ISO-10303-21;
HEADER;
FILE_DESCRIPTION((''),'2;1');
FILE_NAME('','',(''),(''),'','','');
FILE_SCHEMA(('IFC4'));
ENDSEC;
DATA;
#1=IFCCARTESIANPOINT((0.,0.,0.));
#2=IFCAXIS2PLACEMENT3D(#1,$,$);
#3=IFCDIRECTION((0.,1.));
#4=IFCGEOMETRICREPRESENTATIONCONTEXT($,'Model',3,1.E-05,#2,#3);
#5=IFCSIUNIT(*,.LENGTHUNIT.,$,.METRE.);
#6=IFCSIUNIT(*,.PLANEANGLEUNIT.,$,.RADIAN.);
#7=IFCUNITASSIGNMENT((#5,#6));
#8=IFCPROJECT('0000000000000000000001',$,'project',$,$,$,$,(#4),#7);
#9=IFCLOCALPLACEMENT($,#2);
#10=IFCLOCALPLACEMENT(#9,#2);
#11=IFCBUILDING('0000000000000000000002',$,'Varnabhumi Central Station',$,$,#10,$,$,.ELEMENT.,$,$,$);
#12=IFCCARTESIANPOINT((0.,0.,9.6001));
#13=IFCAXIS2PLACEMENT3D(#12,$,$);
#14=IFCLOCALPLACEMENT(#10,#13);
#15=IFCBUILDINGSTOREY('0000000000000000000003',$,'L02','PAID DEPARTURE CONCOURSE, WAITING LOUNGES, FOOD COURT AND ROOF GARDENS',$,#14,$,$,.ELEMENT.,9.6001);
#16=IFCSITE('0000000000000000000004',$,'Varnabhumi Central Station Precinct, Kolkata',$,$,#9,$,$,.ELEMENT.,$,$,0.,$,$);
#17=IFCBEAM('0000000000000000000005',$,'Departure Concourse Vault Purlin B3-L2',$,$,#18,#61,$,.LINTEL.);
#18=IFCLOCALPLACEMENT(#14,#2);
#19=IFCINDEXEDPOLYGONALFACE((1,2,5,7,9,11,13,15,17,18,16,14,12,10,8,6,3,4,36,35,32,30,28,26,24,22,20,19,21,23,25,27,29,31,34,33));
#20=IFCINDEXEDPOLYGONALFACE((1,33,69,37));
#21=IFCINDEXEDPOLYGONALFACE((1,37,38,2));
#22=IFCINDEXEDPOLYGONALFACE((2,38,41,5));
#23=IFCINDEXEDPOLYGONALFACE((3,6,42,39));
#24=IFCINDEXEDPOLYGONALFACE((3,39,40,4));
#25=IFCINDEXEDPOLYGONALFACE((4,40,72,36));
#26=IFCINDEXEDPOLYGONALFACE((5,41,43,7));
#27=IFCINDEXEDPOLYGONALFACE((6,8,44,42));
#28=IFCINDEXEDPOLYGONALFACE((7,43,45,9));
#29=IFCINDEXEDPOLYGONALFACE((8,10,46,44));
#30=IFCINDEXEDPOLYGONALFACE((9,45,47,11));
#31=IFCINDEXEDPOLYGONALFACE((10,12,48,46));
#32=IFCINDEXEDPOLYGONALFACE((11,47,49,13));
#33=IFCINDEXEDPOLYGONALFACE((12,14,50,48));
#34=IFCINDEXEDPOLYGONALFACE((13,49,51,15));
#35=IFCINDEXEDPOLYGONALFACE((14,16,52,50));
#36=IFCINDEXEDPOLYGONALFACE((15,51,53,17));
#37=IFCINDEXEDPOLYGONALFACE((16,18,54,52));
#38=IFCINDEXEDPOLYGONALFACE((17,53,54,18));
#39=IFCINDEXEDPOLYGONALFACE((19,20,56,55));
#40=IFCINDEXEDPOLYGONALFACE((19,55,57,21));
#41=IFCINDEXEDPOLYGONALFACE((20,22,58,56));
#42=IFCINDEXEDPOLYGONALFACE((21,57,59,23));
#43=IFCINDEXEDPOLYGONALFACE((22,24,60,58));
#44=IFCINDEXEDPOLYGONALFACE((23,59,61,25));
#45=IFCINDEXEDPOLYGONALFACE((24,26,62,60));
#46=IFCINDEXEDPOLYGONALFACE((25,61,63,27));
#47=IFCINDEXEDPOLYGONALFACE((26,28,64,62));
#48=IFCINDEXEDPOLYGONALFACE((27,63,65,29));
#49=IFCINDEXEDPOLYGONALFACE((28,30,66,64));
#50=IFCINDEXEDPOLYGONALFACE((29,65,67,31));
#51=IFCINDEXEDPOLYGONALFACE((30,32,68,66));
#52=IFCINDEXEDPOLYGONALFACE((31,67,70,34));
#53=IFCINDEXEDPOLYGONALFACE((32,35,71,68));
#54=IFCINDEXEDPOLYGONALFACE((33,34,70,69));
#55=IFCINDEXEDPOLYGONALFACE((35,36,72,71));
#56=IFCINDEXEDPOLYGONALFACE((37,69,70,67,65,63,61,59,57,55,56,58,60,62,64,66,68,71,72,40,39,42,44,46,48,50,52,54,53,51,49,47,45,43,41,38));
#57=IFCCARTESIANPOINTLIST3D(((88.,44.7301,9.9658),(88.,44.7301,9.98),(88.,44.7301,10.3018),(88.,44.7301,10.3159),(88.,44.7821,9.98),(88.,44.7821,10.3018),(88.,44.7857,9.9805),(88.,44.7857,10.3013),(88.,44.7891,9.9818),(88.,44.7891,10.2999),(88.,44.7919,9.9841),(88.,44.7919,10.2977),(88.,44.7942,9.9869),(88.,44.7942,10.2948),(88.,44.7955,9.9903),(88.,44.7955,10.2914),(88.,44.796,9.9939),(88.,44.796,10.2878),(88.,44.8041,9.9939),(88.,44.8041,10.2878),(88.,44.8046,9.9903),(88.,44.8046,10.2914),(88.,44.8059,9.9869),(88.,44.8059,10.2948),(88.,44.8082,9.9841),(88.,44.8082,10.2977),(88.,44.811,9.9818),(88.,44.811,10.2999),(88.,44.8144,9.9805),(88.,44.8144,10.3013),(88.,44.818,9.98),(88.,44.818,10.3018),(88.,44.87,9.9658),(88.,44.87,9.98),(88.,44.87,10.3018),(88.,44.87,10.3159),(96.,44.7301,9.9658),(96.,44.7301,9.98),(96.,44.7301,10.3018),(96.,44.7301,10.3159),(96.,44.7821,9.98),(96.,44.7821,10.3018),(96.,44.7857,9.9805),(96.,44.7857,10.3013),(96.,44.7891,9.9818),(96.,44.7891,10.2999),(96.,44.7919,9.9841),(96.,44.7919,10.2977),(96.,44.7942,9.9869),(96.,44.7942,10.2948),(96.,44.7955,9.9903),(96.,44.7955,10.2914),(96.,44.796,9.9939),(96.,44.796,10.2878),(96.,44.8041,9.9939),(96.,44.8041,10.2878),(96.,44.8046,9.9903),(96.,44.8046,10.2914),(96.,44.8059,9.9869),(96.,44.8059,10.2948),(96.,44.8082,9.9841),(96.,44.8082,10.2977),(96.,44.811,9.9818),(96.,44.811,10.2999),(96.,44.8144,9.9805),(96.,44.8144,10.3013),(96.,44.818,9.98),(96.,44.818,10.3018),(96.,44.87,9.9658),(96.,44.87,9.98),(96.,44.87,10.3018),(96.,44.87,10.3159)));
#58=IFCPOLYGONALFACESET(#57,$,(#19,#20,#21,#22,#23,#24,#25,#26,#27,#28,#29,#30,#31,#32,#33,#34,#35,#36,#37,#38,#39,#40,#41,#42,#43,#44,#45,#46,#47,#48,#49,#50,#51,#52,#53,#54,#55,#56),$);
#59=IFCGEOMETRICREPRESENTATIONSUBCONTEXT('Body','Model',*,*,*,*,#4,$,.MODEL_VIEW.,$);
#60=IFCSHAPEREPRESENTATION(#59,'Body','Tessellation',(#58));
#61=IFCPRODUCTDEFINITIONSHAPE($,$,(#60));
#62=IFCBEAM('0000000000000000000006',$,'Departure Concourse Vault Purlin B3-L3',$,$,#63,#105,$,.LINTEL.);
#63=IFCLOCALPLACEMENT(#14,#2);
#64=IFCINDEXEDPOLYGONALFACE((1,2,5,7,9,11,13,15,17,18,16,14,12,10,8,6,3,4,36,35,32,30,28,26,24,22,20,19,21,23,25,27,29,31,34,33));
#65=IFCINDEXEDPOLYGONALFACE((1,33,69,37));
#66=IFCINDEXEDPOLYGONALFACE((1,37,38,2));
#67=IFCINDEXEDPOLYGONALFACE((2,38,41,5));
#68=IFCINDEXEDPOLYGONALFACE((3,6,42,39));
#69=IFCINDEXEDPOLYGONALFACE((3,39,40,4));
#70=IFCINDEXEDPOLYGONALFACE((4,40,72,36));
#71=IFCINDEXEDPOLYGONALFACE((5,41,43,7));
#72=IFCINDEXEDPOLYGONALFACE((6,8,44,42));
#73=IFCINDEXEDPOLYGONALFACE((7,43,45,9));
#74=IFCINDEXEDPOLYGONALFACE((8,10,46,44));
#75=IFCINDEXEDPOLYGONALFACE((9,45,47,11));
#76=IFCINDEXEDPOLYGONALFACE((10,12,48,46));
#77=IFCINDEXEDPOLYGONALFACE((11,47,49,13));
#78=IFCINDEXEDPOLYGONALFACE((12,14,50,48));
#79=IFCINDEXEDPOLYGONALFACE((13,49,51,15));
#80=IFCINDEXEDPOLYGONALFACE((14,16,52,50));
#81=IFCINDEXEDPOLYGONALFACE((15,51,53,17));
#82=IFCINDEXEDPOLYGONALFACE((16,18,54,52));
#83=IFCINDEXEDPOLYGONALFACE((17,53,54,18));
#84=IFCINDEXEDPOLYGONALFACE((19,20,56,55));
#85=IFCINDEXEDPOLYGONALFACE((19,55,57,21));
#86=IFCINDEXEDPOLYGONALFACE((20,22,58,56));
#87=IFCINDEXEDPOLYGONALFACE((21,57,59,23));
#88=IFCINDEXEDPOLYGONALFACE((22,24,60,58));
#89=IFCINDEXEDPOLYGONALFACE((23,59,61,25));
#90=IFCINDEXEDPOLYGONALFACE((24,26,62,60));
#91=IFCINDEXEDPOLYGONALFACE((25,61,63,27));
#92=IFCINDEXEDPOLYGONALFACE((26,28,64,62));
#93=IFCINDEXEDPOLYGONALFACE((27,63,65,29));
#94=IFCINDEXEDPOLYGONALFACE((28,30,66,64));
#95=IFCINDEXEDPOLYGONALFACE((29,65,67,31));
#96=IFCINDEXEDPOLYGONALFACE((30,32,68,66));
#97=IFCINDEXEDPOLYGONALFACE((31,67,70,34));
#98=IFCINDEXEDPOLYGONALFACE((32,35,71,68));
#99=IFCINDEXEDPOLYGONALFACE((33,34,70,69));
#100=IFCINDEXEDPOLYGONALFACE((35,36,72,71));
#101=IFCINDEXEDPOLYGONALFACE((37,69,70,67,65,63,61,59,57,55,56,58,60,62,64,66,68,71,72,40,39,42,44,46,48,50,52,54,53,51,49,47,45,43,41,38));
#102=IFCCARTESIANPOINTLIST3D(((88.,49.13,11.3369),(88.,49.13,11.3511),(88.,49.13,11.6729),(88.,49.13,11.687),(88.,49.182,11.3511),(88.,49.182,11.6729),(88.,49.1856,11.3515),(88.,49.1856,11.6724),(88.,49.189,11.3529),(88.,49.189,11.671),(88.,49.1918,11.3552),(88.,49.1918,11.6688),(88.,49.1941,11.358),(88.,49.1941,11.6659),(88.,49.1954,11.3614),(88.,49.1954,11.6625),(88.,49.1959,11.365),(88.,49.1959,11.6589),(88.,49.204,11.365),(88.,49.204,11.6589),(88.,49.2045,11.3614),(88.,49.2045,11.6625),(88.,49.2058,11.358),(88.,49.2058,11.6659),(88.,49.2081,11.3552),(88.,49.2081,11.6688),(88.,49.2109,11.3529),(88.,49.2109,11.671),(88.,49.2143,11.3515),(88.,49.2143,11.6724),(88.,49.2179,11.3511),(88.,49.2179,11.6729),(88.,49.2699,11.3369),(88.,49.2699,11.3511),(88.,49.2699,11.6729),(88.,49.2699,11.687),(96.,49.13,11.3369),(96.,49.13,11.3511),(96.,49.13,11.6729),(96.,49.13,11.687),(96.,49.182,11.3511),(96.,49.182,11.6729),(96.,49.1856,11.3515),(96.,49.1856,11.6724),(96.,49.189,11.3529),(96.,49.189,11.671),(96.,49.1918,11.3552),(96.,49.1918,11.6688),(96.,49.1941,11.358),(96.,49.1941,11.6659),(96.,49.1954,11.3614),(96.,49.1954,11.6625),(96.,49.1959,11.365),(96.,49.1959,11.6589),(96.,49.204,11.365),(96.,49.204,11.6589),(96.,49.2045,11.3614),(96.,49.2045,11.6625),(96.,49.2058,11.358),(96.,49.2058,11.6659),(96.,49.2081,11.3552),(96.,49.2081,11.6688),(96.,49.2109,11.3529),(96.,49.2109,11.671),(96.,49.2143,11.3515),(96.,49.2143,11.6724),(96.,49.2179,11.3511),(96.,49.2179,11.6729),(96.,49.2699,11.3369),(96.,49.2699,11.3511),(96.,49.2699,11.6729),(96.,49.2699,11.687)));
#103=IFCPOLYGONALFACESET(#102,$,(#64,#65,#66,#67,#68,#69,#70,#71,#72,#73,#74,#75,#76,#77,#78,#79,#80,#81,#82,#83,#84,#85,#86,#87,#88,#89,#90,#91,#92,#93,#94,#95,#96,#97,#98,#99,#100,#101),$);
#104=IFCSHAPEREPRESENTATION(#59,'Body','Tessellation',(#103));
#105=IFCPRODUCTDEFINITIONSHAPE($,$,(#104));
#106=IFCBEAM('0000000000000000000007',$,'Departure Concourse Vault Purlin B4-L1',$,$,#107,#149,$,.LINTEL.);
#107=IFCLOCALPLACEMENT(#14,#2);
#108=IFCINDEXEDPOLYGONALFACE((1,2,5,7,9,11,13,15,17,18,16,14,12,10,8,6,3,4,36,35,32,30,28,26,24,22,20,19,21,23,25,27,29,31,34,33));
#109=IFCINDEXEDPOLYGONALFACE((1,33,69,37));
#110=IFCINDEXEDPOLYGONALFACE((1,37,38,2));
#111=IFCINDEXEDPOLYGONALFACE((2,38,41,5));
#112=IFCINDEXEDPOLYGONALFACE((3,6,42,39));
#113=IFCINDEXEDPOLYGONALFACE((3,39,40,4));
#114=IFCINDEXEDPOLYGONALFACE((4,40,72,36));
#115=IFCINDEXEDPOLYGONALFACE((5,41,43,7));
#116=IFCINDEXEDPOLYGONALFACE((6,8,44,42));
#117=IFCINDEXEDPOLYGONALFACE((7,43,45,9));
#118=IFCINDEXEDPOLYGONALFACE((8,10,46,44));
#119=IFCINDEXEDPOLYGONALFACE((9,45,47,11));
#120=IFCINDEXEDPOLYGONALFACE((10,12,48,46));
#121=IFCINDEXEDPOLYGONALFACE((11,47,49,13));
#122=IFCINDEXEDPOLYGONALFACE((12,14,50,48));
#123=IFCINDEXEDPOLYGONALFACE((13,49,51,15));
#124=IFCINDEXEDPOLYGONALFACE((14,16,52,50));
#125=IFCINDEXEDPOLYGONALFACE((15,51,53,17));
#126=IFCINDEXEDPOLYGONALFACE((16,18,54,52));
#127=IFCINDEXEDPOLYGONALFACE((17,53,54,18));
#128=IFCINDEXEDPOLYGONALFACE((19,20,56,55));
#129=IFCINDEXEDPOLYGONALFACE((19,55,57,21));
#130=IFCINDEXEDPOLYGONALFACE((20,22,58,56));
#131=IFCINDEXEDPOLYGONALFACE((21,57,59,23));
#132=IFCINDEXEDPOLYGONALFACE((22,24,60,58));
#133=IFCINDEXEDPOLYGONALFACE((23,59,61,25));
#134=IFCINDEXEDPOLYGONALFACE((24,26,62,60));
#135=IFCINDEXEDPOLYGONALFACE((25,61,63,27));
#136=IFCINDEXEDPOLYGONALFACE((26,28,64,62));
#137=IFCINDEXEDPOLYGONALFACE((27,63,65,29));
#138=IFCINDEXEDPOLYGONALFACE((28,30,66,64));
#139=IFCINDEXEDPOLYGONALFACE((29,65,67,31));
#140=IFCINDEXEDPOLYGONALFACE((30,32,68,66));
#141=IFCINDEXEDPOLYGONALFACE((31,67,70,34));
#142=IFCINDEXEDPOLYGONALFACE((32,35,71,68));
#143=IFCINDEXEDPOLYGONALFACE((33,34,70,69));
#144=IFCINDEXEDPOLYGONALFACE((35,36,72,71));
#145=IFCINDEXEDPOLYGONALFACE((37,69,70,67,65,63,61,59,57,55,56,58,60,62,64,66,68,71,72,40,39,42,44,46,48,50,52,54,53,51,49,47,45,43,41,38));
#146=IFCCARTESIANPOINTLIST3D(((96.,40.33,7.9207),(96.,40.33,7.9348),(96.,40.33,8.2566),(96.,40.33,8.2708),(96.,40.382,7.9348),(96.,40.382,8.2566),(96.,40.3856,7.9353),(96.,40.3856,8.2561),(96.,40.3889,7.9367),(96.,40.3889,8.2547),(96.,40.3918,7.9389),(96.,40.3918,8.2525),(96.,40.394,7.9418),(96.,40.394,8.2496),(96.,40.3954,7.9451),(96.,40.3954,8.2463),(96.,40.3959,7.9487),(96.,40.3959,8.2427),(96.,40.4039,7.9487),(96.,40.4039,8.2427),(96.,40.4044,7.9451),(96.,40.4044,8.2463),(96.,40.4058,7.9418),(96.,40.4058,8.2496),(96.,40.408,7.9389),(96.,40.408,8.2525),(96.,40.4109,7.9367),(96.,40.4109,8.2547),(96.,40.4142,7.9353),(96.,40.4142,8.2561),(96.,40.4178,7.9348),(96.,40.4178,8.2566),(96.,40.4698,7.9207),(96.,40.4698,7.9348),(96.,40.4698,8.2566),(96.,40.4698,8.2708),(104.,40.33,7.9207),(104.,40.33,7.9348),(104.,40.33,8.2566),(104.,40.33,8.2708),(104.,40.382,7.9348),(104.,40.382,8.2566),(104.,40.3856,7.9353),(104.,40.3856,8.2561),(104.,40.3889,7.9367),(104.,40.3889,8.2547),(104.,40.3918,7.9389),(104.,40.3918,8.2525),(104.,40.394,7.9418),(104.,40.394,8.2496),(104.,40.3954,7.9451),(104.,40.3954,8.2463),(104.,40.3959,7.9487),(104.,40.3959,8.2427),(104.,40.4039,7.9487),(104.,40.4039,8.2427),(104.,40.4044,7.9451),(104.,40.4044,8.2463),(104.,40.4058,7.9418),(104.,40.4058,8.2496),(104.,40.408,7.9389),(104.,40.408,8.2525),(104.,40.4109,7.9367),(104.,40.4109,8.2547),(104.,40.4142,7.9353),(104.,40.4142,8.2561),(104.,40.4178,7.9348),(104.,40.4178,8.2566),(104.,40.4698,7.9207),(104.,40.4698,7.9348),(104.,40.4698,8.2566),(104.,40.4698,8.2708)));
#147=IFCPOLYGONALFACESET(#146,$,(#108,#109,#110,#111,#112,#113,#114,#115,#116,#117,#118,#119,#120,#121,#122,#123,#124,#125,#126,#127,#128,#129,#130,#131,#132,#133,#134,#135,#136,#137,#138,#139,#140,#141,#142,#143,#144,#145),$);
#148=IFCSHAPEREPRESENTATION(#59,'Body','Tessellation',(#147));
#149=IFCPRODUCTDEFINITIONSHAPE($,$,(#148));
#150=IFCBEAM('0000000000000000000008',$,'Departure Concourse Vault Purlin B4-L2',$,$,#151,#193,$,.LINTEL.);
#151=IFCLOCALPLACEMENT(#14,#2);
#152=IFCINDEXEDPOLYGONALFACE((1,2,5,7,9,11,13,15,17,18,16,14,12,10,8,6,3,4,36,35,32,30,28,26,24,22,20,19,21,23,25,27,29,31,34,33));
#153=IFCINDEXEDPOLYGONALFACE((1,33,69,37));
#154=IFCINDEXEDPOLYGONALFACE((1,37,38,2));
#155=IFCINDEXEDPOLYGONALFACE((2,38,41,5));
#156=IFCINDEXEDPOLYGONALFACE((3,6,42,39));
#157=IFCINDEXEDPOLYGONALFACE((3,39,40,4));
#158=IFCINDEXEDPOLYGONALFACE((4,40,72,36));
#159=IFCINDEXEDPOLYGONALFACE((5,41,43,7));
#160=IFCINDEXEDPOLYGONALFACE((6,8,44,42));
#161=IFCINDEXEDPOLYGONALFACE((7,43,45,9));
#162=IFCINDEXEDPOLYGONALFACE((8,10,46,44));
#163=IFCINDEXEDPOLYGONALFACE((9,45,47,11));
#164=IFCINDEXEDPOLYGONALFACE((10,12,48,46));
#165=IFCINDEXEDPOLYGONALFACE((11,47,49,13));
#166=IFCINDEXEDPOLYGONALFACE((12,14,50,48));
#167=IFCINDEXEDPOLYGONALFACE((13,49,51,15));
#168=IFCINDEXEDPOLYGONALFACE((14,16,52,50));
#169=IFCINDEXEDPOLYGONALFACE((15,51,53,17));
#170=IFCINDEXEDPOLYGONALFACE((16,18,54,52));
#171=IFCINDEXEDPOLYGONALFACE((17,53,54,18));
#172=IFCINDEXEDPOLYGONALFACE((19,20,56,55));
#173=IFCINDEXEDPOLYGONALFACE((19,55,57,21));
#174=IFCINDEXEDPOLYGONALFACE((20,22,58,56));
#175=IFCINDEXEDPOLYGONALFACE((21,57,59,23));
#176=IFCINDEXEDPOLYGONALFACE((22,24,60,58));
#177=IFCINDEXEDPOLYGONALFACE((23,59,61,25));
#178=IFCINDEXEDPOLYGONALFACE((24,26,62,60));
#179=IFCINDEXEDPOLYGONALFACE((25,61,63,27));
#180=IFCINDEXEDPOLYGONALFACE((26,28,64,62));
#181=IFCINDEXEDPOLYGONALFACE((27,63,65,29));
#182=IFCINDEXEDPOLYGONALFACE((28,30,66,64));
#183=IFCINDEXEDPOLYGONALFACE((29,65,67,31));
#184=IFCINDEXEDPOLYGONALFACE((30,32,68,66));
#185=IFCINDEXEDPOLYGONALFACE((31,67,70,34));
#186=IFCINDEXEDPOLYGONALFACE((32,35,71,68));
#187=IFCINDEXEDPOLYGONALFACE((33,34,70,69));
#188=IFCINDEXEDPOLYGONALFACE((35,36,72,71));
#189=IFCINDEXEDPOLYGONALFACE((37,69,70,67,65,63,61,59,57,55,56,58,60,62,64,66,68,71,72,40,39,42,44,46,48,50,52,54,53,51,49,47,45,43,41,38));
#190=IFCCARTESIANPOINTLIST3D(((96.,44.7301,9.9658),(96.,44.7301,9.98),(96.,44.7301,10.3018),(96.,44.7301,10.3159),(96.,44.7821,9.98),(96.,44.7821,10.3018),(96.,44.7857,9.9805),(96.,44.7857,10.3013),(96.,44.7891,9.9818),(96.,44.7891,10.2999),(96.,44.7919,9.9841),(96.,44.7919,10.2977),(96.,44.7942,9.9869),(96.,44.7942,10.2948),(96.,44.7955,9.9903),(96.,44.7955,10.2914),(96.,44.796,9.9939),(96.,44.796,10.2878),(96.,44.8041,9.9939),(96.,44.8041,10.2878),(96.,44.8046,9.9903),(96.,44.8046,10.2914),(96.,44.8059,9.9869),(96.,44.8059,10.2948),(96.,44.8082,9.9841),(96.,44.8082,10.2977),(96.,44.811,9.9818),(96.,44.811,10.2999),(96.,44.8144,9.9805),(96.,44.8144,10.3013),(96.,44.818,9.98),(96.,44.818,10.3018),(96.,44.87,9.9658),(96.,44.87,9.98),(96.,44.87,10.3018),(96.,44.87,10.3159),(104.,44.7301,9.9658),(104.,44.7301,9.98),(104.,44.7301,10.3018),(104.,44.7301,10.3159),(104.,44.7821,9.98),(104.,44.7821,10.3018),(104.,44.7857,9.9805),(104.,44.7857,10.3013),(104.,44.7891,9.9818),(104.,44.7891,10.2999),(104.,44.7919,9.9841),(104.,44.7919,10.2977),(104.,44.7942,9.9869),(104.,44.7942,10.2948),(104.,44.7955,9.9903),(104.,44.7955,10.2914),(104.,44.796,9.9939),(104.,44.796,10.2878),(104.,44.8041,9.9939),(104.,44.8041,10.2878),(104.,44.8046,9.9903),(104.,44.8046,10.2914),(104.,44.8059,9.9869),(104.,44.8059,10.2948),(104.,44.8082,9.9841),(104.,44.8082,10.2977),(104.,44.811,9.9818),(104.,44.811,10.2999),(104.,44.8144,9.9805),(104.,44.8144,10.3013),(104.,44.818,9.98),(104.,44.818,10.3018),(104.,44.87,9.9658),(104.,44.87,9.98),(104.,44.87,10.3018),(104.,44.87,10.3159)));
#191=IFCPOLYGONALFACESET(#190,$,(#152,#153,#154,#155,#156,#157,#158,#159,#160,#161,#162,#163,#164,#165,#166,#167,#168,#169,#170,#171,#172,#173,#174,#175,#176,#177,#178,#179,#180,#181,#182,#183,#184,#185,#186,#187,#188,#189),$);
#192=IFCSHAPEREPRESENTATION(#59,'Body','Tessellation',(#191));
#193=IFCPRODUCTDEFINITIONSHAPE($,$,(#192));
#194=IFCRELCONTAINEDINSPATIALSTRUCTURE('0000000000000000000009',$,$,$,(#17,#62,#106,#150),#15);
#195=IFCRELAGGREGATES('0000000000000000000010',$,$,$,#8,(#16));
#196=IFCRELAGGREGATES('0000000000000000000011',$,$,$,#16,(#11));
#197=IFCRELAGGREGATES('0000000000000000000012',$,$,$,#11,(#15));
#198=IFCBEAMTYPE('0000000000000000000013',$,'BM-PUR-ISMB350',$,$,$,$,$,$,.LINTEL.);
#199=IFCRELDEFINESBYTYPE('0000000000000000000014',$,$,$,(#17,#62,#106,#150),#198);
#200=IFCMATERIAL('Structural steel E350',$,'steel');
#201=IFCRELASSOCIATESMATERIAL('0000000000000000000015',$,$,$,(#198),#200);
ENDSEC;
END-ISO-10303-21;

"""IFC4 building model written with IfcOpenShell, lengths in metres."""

from ifc_helpers import new_model, si_unit, direction, frame, origin, origin_2d, place, context, subcontext, project, spatial, i_section, extrude, material, material_profile, profile_set, type_object, element, save


model = new_model("IFC4")

# Units and contexts
model_context = context("Model", 3, precision=1e-05, world=origin(), true_north=direction((0.0, 1.0)))
body_context = subcontext(model_context, "Body", "Model", "MODEL_VIEW")
ifc_project = project(units=[si_unit("LENGTHUNIT", "METRE"), si_unit("PLANEANGLEUNIT", "RADIAN")], contexts=[model_context])

# Site, building, storey
site_placement = place(None, origin())
site = spatial("IfcSite", under=ifc_project, at=site_placement, Name="Varnabhumi Central Station Precinct, Kolkata", CompositionType="ELEMENT", RefElevation=0.0)
building_placement = place(site_placement, origin())
building = spatial("IfcBuilding", under=site, at=building_placement, Name="Varnabhumi Central Station", CompositionType="ELEMENT")
storey_placement = place(building_placement, frame((0.0, 0.0, 9.6001)))
storey = spatial("IfcBuildingStorey", under=building, at=storey_placement, Name="L02", Description="PAID DEPARTURE CONCOURSE, WAITING LOUNGES, FOOD COURT AND ROOF GARDENS", CompositionType="ELEMENT", Elevation=9.6001)

# Beams
ifc_material_1 = material(Name="Structural steel E350", Category="steel")
ifc_material_profile_1 = material_profile(ifc_material_1, i_section(OverallWidth=0.1399, OverallDepth=0.3501, WebThickness=0.0081, FlangeThickness=0.0142, FilletRadius=0.0139, at=origin_2d()), Name="Structural steel E350", Category="steel")
ifc_profile_set_1 = profile_set([ifc_material_profile_1], Name="Structural steel E350")
beam_type_1 = type_object("IfcBeamType", Name="BM-PUR-ISMB350", PredefinedType="LINTEL", material=ifc_profile_set_1)
for number, where, z_axis, x_axis, name in (
    (1, (88.0, 44.8, 10.1409), (1.0, 0.0, 0.0), (0.0, 1.0, 0.0), "Departure Concourse Vault Purlin B3-L2"),
    (2, (88.0, 49.2, 11.512), (1.0, 0.0, 0.0), (0.0, 1.0, 0.0), "Departure Concourse Vault Purlin B3-L3"),
    (3, (96.0, 40.3999, 8.0957), (1.0, 0.0, 0.0), (0.0, 1.0, 0.0), "Departure Concourse Vault Purlin B4-L1"),
    (4, (96.0, 44.8, 10.1409), (1.0, 0.0, 0.0), (0.0, 1.0, 0.0), "Departure Concourse Vault Purlin B4-L2"),
):
    element("IfcBeam", number, at=place(storey_placement, frame(where, z_axis=z_axis, x_axis=x_axis)), inside=storey, type_object=beam_type_1, Name=name, PredefinedType="LINTEL", context=body_context, shape_type="SweptSolid", body=[
        extrude(i_section(OverallWidth=0.1399, OverallDepth=0.3501, WebThickness=0.0081, FlangeThickness=0.0142, FilletRadius=0.0139, at=origin_2d()), origin(), (0.0, 0.0, 1.0), 8.0),
    ])

save(model, "model.ifc")
